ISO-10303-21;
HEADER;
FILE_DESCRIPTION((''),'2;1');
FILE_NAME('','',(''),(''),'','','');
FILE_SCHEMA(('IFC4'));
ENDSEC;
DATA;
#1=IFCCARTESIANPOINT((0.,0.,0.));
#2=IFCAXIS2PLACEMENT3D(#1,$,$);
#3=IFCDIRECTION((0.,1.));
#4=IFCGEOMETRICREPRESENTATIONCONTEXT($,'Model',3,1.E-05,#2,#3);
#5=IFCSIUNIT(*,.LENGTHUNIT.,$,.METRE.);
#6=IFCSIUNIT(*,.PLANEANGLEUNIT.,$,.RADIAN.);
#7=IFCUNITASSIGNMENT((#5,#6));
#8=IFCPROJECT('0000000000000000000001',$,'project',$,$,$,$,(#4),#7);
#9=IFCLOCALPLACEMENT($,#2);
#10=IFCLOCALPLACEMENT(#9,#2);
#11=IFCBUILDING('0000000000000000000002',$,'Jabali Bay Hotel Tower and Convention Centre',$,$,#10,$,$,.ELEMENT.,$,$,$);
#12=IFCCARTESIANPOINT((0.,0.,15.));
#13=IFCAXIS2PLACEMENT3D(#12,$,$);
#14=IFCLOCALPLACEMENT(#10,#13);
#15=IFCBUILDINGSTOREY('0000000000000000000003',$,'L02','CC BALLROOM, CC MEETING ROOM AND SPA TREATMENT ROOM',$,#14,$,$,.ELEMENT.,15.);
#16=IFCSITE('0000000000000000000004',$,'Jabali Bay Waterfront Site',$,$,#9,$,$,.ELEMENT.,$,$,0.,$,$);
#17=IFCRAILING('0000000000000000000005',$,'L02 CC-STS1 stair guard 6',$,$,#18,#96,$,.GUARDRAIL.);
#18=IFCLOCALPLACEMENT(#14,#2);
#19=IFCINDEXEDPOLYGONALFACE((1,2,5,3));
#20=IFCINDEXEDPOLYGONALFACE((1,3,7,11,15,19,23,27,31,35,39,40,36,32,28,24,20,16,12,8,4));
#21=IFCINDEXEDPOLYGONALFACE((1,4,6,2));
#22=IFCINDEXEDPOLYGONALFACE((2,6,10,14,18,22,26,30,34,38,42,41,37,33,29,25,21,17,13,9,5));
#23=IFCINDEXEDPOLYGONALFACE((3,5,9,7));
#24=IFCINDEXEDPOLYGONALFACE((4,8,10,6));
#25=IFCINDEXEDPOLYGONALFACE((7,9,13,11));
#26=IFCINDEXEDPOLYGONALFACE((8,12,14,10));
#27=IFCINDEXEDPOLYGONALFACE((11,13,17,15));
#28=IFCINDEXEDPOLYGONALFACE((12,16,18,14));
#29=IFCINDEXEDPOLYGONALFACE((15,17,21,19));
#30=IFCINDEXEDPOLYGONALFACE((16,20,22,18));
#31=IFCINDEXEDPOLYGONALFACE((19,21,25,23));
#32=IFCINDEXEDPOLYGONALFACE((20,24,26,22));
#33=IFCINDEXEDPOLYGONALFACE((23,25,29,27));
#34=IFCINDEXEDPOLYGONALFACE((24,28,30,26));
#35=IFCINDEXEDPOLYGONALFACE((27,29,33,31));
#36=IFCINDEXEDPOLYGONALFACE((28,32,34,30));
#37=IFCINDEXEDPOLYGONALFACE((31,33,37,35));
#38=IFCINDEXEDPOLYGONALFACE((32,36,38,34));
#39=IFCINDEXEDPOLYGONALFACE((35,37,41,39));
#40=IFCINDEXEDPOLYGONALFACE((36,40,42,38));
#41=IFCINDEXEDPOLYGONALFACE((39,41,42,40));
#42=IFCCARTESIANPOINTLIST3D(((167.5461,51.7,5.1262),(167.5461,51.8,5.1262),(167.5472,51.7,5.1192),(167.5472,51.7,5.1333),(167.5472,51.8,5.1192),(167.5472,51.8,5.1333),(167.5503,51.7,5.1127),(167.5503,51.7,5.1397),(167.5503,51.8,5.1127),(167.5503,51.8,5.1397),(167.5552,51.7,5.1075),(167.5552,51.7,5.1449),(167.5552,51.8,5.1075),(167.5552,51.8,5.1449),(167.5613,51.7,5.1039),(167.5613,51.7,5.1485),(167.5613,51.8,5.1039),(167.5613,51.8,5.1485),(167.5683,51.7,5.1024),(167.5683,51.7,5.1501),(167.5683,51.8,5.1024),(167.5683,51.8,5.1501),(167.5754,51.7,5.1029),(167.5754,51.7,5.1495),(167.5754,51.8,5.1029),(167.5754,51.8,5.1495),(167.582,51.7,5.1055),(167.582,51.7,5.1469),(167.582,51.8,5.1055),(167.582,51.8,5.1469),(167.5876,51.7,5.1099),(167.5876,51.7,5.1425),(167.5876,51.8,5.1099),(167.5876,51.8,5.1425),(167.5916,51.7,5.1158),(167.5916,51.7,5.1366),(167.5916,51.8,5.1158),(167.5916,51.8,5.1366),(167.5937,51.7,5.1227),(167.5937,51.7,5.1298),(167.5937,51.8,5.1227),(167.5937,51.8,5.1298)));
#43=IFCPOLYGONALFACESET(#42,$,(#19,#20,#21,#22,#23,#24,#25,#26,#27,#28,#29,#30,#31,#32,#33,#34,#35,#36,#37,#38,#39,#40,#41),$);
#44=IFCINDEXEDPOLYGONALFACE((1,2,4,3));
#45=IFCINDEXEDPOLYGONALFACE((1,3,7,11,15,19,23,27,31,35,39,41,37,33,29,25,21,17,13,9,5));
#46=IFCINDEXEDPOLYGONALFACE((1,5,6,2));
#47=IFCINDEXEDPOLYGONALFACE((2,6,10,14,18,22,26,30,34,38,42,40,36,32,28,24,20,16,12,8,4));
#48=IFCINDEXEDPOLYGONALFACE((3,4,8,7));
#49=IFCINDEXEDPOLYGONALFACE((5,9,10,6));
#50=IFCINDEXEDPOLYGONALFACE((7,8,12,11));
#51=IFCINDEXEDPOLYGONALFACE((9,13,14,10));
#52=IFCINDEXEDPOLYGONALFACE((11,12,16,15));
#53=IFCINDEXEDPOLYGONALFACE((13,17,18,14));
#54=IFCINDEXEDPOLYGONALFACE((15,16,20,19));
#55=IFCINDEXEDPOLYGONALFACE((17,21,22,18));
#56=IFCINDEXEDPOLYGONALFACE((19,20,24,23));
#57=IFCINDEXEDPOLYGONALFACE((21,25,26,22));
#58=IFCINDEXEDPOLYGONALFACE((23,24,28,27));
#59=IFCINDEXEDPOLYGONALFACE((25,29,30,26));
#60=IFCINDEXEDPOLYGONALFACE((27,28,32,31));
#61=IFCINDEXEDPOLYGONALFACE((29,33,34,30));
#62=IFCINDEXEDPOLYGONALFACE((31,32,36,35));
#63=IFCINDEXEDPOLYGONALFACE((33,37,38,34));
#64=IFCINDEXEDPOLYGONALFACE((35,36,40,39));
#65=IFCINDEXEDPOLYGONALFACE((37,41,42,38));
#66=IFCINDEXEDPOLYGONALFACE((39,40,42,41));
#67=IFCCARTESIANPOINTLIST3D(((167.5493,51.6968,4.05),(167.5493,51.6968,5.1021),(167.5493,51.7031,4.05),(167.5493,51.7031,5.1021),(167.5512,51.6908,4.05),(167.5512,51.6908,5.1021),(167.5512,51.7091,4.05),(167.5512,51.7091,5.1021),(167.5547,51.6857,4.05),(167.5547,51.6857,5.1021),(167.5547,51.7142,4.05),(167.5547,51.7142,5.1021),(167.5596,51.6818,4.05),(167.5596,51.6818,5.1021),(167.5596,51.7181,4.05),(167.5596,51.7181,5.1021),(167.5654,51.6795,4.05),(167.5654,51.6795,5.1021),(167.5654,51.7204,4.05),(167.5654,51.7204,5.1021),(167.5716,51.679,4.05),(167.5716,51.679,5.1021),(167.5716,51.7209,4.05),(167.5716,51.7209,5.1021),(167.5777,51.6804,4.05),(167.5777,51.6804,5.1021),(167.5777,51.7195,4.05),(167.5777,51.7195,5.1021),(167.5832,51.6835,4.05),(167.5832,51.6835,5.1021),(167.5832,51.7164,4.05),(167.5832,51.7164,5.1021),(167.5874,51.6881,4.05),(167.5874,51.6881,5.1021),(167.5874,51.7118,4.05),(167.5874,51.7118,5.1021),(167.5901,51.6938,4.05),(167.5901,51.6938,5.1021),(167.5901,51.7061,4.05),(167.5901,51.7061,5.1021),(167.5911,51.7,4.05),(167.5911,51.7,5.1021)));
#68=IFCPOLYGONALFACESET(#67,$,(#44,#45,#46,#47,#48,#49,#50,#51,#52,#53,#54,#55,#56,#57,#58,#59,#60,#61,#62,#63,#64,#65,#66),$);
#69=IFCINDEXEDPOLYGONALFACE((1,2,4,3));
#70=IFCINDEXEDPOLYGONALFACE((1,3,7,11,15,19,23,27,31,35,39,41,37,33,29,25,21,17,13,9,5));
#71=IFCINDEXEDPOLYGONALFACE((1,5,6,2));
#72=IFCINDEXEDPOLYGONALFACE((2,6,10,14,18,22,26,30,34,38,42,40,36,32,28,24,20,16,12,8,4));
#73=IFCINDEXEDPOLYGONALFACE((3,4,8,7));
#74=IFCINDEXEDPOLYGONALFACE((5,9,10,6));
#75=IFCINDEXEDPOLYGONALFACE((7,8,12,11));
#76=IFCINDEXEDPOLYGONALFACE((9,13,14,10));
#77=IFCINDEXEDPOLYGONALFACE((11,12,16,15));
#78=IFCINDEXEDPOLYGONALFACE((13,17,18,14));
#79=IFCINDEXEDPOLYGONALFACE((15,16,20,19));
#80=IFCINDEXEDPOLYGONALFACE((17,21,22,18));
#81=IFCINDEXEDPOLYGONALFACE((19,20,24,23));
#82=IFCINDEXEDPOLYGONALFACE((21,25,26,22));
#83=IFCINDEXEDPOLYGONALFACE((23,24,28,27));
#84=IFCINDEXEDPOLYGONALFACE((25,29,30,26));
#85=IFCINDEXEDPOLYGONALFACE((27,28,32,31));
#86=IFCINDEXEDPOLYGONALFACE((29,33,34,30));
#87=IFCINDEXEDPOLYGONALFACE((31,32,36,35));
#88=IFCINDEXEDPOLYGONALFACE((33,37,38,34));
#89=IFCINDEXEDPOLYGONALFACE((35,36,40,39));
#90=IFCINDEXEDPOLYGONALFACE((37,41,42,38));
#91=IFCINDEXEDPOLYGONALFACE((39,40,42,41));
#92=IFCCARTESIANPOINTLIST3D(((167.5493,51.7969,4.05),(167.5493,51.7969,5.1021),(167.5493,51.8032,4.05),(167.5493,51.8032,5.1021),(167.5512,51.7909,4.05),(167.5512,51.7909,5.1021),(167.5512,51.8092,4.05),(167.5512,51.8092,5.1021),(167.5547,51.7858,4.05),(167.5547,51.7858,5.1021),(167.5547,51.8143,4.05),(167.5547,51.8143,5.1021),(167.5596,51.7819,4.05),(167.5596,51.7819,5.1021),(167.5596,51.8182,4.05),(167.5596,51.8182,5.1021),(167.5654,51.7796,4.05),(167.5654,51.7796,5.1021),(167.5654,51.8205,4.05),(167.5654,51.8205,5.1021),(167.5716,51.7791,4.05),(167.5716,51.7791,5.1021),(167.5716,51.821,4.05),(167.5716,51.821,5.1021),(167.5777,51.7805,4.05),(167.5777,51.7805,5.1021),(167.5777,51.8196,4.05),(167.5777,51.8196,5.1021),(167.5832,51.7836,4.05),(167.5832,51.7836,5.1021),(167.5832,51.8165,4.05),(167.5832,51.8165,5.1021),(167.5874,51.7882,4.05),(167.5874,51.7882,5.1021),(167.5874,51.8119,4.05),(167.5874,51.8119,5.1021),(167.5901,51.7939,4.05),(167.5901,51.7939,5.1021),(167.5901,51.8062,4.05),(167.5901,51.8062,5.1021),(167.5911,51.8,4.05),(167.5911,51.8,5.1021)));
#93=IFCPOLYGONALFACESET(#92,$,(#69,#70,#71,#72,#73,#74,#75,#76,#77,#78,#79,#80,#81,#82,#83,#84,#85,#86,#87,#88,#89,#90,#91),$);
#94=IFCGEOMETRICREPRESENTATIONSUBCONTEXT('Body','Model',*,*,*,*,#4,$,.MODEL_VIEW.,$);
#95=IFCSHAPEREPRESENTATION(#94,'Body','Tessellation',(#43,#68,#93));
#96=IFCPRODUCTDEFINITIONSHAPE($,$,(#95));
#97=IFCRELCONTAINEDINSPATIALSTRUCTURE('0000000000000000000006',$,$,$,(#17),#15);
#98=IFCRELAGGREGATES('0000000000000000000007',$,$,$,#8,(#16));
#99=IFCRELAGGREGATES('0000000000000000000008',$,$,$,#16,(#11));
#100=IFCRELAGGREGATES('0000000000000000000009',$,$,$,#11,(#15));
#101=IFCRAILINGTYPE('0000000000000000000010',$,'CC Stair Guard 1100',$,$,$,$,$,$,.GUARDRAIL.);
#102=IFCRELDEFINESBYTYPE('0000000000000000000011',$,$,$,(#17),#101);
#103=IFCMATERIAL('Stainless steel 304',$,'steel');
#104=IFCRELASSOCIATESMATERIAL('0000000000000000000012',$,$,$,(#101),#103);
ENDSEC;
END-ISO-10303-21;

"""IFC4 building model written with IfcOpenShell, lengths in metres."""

from ifc_helpers import new_model, si_unit, direction, frame, origin, origin_2d, place, context, subcontext, project, spatial, circle, extrude, material, type_object, element, save


model = new_model("IFC4")

# Units and contexts
model_context = context("Model", 3, precision=1e-05, world=origin(), true_north=direction((0.0, 1.0)))
body_context = subcontext(model_context, "Body", "Model", "MODEL_VIEW")
ifc_project = project(units=[si_unit("LENGTHUNIT", "METRE"), si_unit("PLANEANGLEUNIT", "RADIAN")], contexts=[model_context])

# Site, building, storey
site_placement = place(None, origin())
site = spatial("IfcSite", under=ifc_project, at=site_placement, Name="Jabali Bay Waterfront Site", CompositionType="ELEMENT", RefElevation=0.0)
building_placement = place(site_placement, origin())
building = spatial("IfcBuilding", under=site, at=building_placement, Name="Jabali Bay Hotel Tower and Convention Centre", CompositionType="ELEMENT")
storey_placement = place(building_placement, frame((0.0, 0.0, 15.0)))
storey = spatial("IfcBuildingStorey", under=building, at=storey_placement, Name="L02", Description="CC BALLROOM, CC MEETING ROOM AND SPA TREATMENT ROOM", CompositionType="ELEMENT", Elevation=15.0)

# Railing
ifc_material_1 = material(Name="Stainless steel 304", Category="steel")
railing_type_1 = type_object("IfcRailingType", Name="CC Stair Guard 1100", PredefinedType="GUARDRAIL", material=ifc_material_1)
railing_1_placement = place(storey_placement, frame((167.5701, 51.7, 4.05)))
element("IfcRailing", 1, at=railing_1_placement, inside=storey, type_object=railing_type_1, Name="L02 CC-STS1 stair guard 6", PredefinedType="GUARDRAIL", context=body_context, shape_type="SweptSolid", body=[
    extrude(circle(Radius=0.0239, at=origin_2d()), frame((0.0, 0.0, 1.0762), z_axis=(0.0, 1.0, 0.0), x_axis=(-1.0, 0.0, 0.0)), (0.0, 0.0, 1.0), 0.1001),
    extrude(circle(Radius=0.021, at=origin_2d()), origin(), (0.0, 0.0, 1.0), 1.052),
    extrude(circle(Radius=0.021, at=origin_2d()), frame((0.0, 0.1001, 0.0)), (0.0, 0.0, 1.0), 1.052),
])

save(model, "model.ifc")
